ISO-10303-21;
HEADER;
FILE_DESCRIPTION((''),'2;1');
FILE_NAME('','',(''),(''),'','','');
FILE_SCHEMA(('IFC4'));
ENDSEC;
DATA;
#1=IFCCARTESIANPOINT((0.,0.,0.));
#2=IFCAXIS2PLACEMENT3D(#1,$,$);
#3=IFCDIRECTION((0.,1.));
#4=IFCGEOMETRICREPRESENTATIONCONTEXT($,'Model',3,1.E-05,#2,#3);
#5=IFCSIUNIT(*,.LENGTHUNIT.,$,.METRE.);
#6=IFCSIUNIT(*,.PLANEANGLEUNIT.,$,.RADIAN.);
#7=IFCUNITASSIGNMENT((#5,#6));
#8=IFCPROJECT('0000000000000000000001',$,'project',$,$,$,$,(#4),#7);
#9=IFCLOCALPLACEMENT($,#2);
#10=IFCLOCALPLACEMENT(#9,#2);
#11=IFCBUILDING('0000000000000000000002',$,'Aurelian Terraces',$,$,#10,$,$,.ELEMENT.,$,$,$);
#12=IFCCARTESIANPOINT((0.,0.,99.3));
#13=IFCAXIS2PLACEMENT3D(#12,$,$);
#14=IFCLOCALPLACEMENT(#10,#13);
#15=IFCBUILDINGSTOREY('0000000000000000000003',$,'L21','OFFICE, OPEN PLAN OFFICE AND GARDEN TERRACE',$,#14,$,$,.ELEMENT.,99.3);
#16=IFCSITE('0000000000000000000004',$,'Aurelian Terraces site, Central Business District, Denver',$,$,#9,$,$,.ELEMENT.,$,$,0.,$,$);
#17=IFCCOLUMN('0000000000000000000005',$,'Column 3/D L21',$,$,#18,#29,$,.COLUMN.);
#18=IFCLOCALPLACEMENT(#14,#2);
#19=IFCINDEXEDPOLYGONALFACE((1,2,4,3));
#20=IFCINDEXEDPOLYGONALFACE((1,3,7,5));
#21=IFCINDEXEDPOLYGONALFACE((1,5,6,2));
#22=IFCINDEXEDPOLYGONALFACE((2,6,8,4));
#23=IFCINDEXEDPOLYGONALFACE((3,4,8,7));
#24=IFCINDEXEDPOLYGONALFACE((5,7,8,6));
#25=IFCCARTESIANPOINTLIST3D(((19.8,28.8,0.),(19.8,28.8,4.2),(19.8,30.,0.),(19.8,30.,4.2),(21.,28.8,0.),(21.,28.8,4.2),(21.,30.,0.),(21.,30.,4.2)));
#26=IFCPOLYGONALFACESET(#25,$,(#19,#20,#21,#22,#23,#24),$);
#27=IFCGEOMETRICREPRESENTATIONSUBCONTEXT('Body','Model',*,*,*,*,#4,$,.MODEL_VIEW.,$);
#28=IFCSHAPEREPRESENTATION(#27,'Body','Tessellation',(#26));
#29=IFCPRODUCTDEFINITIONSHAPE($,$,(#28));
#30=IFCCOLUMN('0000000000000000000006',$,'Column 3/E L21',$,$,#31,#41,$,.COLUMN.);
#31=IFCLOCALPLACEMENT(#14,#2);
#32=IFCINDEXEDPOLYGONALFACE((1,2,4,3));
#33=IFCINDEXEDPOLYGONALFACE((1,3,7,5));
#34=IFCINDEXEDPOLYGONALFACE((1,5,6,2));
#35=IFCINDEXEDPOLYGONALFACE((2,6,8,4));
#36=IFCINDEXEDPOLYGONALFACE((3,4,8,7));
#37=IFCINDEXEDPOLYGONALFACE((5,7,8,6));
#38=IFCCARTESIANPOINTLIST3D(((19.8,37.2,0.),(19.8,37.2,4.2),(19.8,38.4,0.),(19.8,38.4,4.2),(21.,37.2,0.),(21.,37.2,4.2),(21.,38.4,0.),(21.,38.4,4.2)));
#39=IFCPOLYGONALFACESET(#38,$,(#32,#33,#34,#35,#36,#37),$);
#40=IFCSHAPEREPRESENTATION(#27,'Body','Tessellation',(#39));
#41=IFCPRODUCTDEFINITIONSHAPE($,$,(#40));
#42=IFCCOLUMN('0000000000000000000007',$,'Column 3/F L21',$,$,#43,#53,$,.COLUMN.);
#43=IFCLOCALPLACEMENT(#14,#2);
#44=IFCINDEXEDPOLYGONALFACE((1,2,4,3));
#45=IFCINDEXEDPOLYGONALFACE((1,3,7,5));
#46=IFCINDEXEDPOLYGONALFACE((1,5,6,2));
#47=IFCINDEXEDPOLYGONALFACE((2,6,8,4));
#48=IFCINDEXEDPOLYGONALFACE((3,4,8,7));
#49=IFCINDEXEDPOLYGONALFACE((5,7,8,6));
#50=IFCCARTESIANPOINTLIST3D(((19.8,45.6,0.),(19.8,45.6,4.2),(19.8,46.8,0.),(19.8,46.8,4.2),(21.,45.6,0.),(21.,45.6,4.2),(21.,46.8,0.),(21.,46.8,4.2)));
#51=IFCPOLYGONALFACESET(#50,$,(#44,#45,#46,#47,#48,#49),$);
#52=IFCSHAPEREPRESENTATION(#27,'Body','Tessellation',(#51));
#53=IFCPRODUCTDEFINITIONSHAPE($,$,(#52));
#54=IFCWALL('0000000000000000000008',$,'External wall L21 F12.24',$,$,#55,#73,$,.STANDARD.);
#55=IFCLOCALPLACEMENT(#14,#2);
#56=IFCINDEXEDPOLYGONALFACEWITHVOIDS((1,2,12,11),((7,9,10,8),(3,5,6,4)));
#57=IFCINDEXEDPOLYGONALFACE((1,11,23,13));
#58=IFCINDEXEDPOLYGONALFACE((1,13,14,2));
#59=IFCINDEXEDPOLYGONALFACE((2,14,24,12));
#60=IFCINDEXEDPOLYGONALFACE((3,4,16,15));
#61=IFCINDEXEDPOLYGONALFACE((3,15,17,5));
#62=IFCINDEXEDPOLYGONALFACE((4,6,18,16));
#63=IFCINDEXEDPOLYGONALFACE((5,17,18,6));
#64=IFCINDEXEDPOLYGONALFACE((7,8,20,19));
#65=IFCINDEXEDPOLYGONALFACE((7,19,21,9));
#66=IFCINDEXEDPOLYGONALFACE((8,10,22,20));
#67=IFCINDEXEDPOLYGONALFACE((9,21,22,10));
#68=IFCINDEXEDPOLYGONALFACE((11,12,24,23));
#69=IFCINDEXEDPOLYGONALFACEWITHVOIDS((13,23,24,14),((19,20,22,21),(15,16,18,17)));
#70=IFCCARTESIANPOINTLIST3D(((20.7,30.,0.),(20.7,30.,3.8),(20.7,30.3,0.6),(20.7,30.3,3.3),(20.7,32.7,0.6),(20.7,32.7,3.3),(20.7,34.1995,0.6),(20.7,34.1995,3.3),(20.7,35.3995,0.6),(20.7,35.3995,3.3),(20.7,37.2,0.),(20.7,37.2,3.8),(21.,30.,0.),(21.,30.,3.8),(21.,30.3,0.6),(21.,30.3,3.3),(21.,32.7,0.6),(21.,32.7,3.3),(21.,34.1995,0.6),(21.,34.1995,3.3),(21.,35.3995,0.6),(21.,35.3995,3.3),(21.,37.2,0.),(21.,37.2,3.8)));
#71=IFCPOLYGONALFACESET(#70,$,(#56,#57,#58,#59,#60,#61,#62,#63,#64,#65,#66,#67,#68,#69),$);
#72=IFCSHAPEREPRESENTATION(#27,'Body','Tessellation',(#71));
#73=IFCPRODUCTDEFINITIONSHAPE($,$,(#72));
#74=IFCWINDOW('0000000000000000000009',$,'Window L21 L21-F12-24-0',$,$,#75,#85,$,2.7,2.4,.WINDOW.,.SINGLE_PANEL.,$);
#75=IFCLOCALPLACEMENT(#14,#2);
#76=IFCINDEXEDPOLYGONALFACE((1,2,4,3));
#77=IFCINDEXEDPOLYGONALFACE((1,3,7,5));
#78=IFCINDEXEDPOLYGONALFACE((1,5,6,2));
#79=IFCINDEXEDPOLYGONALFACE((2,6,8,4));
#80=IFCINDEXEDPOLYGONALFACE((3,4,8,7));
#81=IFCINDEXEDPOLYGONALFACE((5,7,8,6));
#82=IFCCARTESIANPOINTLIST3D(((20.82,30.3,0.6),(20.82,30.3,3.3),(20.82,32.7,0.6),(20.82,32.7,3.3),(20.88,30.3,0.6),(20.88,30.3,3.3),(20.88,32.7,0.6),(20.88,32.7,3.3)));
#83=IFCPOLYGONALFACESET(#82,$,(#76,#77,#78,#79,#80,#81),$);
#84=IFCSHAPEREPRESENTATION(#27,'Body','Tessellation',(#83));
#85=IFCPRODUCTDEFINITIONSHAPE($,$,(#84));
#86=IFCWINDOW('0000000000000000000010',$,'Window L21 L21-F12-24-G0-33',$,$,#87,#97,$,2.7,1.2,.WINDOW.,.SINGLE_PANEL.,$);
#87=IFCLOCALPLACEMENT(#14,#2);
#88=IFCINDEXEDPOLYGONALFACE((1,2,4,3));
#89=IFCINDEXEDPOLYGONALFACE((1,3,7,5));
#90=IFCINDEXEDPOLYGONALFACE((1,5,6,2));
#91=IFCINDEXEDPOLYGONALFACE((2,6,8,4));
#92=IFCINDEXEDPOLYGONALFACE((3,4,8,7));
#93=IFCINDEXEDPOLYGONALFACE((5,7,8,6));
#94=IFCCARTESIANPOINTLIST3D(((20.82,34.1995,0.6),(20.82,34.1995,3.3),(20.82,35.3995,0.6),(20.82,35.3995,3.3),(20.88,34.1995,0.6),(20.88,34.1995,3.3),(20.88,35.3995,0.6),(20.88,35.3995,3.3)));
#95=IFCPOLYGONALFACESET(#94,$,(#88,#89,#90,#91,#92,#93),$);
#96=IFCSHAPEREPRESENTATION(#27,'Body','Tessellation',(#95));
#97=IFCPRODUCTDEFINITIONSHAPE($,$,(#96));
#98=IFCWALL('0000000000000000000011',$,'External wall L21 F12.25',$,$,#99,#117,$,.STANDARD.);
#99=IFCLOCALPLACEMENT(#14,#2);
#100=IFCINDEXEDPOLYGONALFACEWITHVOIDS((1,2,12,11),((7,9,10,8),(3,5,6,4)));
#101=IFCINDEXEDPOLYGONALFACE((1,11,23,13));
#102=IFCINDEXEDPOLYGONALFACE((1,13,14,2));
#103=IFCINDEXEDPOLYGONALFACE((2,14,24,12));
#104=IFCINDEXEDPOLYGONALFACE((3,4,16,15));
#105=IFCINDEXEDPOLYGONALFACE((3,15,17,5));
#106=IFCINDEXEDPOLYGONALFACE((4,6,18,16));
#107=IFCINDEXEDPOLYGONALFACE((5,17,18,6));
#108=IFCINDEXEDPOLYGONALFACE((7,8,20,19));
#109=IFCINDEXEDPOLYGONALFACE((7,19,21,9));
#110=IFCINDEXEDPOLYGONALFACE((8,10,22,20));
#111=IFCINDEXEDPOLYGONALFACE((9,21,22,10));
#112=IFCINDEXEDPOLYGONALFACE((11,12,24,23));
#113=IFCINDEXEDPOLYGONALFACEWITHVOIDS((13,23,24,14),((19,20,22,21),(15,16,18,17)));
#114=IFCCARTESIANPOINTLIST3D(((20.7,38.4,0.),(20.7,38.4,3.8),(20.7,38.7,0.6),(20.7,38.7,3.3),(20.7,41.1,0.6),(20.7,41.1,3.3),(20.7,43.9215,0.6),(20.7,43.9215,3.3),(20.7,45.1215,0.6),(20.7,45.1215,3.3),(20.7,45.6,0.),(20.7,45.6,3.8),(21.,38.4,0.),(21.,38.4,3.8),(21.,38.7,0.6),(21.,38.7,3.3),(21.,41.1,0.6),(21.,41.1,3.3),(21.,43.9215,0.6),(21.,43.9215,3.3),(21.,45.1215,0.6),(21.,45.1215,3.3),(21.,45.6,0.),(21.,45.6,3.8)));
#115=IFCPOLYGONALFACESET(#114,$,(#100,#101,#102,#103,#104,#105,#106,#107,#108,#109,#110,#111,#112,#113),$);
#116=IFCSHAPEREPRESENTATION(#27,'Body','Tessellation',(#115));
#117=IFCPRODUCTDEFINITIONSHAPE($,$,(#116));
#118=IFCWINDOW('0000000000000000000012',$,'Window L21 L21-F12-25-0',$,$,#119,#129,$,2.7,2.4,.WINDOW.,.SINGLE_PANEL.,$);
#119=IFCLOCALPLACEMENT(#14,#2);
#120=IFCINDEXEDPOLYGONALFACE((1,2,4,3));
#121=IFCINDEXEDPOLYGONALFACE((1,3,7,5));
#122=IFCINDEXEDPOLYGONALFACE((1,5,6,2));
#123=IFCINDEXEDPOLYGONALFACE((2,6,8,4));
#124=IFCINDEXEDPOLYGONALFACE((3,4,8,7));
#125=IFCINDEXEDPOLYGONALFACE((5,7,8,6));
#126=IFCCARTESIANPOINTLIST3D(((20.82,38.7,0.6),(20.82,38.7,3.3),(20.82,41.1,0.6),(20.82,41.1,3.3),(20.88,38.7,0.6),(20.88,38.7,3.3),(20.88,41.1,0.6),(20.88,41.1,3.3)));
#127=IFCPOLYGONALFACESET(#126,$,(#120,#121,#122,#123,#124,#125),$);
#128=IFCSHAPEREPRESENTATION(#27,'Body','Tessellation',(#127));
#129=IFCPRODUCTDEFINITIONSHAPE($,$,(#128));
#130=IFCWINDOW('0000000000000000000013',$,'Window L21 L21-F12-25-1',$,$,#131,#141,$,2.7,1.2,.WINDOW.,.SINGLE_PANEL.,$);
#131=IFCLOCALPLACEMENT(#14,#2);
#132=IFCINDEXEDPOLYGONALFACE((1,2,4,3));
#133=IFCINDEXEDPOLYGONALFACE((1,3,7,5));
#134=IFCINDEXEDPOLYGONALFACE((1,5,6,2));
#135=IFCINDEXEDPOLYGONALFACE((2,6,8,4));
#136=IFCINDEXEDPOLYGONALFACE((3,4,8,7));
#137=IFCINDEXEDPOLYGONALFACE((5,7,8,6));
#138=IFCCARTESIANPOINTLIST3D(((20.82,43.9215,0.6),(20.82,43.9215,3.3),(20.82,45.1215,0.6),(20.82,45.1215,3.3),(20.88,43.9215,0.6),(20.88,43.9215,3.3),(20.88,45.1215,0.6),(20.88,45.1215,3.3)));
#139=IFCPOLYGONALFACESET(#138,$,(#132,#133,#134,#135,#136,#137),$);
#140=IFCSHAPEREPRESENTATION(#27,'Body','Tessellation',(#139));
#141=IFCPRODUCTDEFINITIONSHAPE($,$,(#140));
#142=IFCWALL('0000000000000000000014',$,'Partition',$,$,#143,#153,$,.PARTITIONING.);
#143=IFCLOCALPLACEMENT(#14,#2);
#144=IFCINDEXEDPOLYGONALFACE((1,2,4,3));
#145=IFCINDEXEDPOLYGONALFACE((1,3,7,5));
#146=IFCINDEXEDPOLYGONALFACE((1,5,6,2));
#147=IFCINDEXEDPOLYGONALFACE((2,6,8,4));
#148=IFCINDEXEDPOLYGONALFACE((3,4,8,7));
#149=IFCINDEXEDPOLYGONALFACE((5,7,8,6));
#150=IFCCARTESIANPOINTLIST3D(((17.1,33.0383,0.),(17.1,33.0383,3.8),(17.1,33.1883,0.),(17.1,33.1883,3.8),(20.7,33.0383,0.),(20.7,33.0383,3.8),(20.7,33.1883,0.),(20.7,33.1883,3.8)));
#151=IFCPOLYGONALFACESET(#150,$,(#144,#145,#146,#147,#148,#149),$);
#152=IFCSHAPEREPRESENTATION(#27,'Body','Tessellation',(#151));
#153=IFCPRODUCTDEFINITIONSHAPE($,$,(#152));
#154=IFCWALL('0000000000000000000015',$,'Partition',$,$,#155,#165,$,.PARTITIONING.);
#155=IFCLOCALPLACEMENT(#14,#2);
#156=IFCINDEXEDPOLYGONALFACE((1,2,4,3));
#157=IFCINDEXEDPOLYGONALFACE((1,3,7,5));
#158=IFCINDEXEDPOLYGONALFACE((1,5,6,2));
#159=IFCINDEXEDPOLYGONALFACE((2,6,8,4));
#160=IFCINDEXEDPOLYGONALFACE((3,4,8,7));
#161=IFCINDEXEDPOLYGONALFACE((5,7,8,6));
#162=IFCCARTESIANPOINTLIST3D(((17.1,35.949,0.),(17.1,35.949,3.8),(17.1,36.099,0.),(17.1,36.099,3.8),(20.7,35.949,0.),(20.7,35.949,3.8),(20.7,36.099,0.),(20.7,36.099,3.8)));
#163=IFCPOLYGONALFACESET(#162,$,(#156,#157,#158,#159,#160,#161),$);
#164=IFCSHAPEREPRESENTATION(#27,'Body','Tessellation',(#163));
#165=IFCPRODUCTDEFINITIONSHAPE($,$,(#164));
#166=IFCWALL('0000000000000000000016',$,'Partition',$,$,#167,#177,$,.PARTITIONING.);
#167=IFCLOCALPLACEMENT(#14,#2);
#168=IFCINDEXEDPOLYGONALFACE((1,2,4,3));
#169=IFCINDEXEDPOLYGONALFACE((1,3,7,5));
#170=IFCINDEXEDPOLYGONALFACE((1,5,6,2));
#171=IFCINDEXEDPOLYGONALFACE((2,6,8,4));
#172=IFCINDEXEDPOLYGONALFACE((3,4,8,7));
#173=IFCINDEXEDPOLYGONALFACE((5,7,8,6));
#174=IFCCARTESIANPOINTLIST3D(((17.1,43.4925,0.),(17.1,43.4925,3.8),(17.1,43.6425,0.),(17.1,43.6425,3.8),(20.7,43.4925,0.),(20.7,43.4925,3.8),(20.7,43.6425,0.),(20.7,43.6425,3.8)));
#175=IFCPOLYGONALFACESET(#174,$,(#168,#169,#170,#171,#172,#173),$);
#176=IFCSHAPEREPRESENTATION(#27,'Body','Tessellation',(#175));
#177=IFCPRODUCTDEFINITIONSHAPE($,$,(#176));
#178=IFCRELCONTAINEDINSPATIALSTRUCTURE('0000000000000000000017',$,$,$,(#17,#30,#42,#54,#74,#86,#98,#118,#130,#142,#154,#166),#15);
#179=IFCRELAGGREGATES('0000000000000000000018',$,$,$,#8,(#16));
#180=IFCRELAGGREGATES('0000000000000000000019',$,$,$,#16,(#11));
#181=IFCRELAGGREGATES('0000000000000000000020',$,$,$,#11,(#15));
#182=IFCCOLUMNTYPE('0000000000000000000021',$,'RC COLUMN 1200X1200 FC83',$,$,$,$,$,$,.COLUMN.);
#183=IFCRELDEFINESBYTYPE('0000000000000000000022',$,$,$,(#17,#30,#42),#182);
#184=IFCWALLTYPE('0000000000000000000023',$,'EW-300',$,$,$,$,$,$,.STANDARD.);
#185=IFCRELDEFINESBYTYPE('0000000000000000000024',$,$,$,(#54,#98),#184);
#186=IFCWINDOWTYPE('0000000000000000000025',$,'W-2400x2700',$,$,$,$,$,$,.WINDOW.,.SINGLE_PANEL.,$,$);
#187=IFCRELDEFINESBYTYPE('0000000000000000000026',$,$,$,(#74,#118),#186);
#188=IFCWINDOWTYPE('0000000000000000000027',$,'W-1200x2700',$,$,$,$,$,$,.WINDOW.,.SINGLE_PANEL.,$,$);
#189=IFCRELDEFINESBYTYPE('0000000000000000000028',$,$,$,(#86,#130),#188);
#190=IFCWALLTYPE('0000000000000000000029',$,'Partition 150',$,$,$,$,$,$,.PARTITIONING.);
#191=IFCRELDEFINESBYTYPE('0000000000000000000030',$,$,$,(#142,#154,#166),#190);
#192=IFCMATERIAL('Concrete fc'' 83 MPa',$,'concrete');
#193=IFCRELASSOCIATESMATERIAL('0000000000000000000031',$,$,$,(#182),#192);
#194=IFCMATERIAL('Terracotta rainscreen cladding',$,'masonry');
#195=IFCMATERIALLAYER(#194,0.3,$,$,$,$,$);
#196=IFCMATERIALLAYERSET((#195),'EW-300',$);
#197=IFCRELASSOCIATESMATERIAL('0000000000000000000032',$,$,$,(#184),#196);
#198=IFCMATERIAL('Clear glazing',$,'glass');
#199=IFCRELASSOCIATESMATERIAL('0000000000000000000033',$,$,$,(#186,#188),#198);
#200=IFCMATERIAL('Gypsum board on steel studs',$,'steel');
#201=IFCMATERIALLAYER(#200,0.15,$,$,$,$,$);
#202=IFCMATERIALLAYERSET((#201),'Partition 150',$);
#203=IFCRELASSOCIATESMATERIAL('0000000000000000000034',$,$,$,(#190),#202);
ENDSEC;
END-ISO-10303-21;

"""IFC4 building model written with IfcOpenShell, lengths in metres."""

from ifc_helpers import new_model, si_unit, direction, frame, frame_2d, origin, origin_2d, place, context, subcontext, project, spatial, rectangle, extrude, source, transform, mapped, material, layer, layer_set, material_profile, profile_set, type_object, element, fill, save


model = new_model("IFC4")

# Units and contexts
model_context = context("Model", 3, precision=1e-05, world=origin(), true_north=direction((0.0, 1.0)))
body_context = subcontext(model_context, "Body", "Model", "MODEL_VIEW")
ifc_project = project(units=[si_unit("LENGTHUNIT", "METRE"), si_unit("PLANEANGLEUNIT", "RADIAN")], contexts=[model_context])

# Site, building, storey
site_placement = place(None, origin())
site = spatial("IfcSite", under=ifc_project, at=site_placement, Name="Aurelian Terraces site, Central Business District, Denver", CompositionType="ELEMENT", RefElevation=0.0)
building_placement = place(site_placement, origin())
building = spatial("IfcBuilding", under=site, at=building_placement, Name="Aurelian Terraces", CompositionType="ELEMENT")
storey_placement = place(building_placement, frame((0.0, 0.0, 99.3)))
storey = spatial("IfcBuildingStorey", under=building, at=storey_placement, Name="L21", Description="OFFICE, OPEN PLAN OFFICE AND GARDEN TERRACE", CompositionType="ELEMENT", Elevation=99.3)

# Columns
ifc_material_1 = material(Name="Concrete fc' 83 MPa", Category="concrete")
ifc_material_profile = material_profile(ifc_material_1, rectangle(XDim=1.2, YDim=1.2, at=origin_2d()))
ifc_profile_set = profile_set([ifc_material_profile], Name="Concrete fc' 83 MPa")
column_type = type_object("IfcColumnType", Name="RC COLUMN 1200X1200 FC83", PredefinedType="COLUMN", material=ifc_profile_set)
shared_shape_1 = source(origin(), body_context, "Body", "SweptSolid", [
    extrude(rectangle(XDim=1.2, YDim=1.2, at=origin_2d()), origin(), (0.0, 0.0, 1.0), 4.2),
])
for number, where, z_axis, x_axis, name in (
    (1, (20.4, 29.4, 0.0), (0.0, 0.0, 1.0), (1.0, 0.0, 0.0), "Column 3/D L21"),
    (2, (20.4, 37.8, 0.0), (0.0, 0.0, 1.0), (1.0, 0.0, 0.0), "Column 3/E L21"),
    (3, (20.4, 46.2, 0.0), (0.0, 0.0, 1.0), (1.0, 0.0, 0.0), "Column 3/F L21"),
):
    element("IfcColumn", number, at=place(storey_placement, frame(where, z_axis=z_axis, x_axis=x_axis)), inside=storey, type_object=column_type, Name=name, PredefinedType="COLUMN", context=body_context, shape_type="MappedRepresentation", body=[
        mapped(shared_shape_1, transform((0.0, 0.0, 0.0), scale=1.0)),
    ])

# Walls, openings, windows
ifc_material_2 = material(Name="Terracotta rainscreen cladding", Category="masonry")
ifc_layer_1 = layer(ifc_material_2, 0.3)
ifc_layer_set_1 = layer_set([ifc_layer_1], Name="EW-300")
wall_type_1 = type_object("IfcWallType", Name="EW-300", PredefinedType="STANDARD", material=ifc_layer_set_1)
shared_shape_2 = source(origin(), body_context, "Body", "SweptSolid", [
    extrude(rectangle(XDim=7.2, YDim=0.3, at=frame_2d((3.6, 0.0))), origin(), (0.0, 0.0, 1.0), 3.8),
])
wall_1_placement = place(storey_placement, frame((20.85, 30.0, 0.0), z_axis=(0.0, 0.0, 1.0), x_axis=(0.0, 1.0, 0.0)))
wall_1 = element("IfcWall", 4, at=wall_1_placement, inside=storey, type_object=wall_type_1, Name="External wall L21 F12.24", PredefinedType="STANDARD", context=body_context, shape_type="MappedRepresentation", body=[
    mapped(shared_shape_2, transform((0.0, 0.0, 0.0), scale=1.0)),
])
shared_shape_3 = source(origin(), body_context, "Body", "SweptSolid", [
    extrude(rectangle(XDim=2.4, YDim=2.7, at=frame_2d((1.2, 1.35))), frame((0.0, 0.16, 0.0), z_axis=(0.0, -1.0, 0.0), x_axis=(1.0, 0.0, 0.0)), (0.0, 0.0, 1.0), 0.32),
])
opening_1_placement = place(wall_1_placement, frame((0.3, 0.0, 0.6)))
opening_1 = element("IfcOpeningElement", 5, at=opening_1_placement, cuts=wall_1, PredefinedType="OPENING", context=body_context, shape_type="MappedRepresentation", body=[
    mapped(shared_shape_3, transform((0.0, 0.0, 0.0), scale=1.0)),
])
shared_shape_4 = source(origin(), body_context, "Body", "SweptSolid", [
    extrude(rectangle(XDim=1.2, YDim=2.7, at=frame_2d((0.6, 1.35))), frame((0.0, 0.16, 0.0), z_axis=(0.0, -1.0, 0.0), x_axis=(1.0, 0.0, 0.0)), (0.0, 0.0, 1.0), 0.32),
])
opening_2_placement = place(wall_1_placement, frame((4.1995, 0.0, 0.6)))
opening_2 = element("IfcOpeningElement", 6, at=opening_2_placement, cuts=wall_1, PredefinedType="OPENING", context=body_context, shape_type="MappedRepresentation", body=[
    mapped(shared_shape_4, transform((0.0, 0.0, 0.0), scale=1.0)),
])
ifc_material_3 = material(Name="Clear glazing", Category="glass")
window_type_1 = type_object("IfcWindowType", Name="W-2400x2700", PartitioningType="SINGLE_PANEL", PredefinedType="WINDOW", material=ifc_material_3)
shared_shape_5 = source(origin(), body_context, "Body", "SweptSolid", [
    extrude(rectangle(XDim=2.4, YDim=2.7, at=frame_2d((1.2, 1.35))), frame((0.0, 0.03, 0.0), z_axis=(0.0, -1.0, 0.0), x_axis=(1.0, 0.0, 0.0)), (0.0, 0.0, 1.0), 0.06),
])
window_1_placement = place(opening_1_placement, origin())
window_1 = element("IfcWindow", 7, at=window_1_placement, inside=storey, type_object=window_type_1, Name="Window L21 L21-F12-24-0", OverallHeight=2.7, OverallWidth=2.4, PartitioningType="SINGLE_PANEL", PredefinedType="WINDOW", context=body_context, shape_type="MappedRepresentation", body=[
    mapped(shared_shape_5, transform((0.0, 0.0, 0.0), scale=1.0)),
])
fill(opening_1, window_1)
window_type_2 = type_object("IfcWindowType", Name="W-1200x2700", PartitioningType="SINGLE_PANEL", PredefinedType="WINDOW", material=ifc_material_3)
shared_shape_6 = source(origin(), body_context, "Body", "SweptSolid", [
    extrude(rectangle(XDim=1.2, YDim=2.7, at=frame_2d((0.6, 1.35))), frame((0.0, 0.03, 0.0), z_axis=(0.0, -1.0, 0.0), x_axis=(1.0, 0.0, 0.0)), (0.0, 0.0, 1.0), 0.06),
])
window_2_placement = place(opening_2_placement, origin())
window_2 = element("IfcWindow", 8, at=window_2_placement, inside=storey, type_object=window_type_2, Name="Window L21 L21-F12-24-G0-33", OverallHeight=2.7, OverallWidth=1.2, PartitioningType="SINGLE_PANEL", PredefinedType="WINDOW", context=body_context, shape_type="MappedRepresentation", body=[
    mapped(shared_shape_6, transform((0.0, 0.0, 0.0), scale=1.0)),
])
fill(opening_2, window_2)
wall_2_placement = place(storey_placement, frame((20.85, 38.4, 0.0), z_axis=(0.0, 0.0, 1.0), x_axis=(0.0, 1.0, 0.0)))
wall_2 = element("IfcWall", 9, at=wall_2_placement, inside=storey, type_object=wall_type_1, Name="External wall L21 F12.25", PredefinedType="STANDARD", context=body_context, shape_type="MappedRepresentation", body=[
    mapped(shared_shape_2, transform((0.0, 0.0, 0.0), scale=1.0)),
])
opening_3_placement = place(wall_2_placement, frame((0.3, 0.0, 0.6)))
opening_3 = element("IfcOpeningElement", 10, at=opening_3_placement, cuts=wall_2, PredefinedType="OPENING", context=body_context, shape_type="MappedRepresentation", body=[
    mapped(shared_shape_3, transform((0.0, 0.0, 0.0), scale=1.0)),
])
opening_4_placement = place(wall_2_placement, frame((5.5215, 0.0, 0.6)))
opening_4 = element("IfcOpeningElement", 11, at=opening_4_placement, cuts=wall_2, PredefinedType="OPENING", context=body_context, shape_type="MappedRepresentation", body=[
    mapped(shared_shape_4, transform((0.0, 0.0, 0.0), scale=1.0)),
])
window_3_placement = place(opening_3_placement, origin())
window_3 = element("IfcWindow", 12, at=window_3_placement, inside=storey, type_object=window_type_1, Name="Window L21 L21-F12-25-0", OverallHeight=2.7, OverallWidth=2.4, PartitioningType="SINGLE_PANEL", PredefinedType="WINDOW", context=body_context, shape_type="MappedRepresentation", body=[
    mapped(shared_shape_5, transform((0.0, 0.0, 0.0), scale=1.0)),
])
fill(opening_3, window_3)
window_4_placement = place(opening_4_placement, origin())
window_4 = element("IfcWindow", 13, at=window_4_placement, inside=storey, type_object=window_type_2, Name="Window L21 L21-F12-25-1", OverallHeight=2.7, OverallWidth=1.2, PartitioningType="SINGLE_PANEL", PredefinedType="WINDOW", context=body_context, shape_type="MappedRepresentation", body=[
    mapped(shared_shape_6, transform((0.0, 0.0, 0.0), scale=1.0)),
])
fill(opening_4, window_4)

# Walls
ifc_material_4 = material(Name="Gypsum board on steel studs", Category="steel")
ifc_layer_2 = layer(ifc_material_4, 0.15)
ifc_layer_set_2 = layer_set([ifc_layer_2], Name="Partition 150")
wall_type_2 = type_object("IfcWallType", Name="Partition 150", PredefinedType="PARTITIONING", material=ifc_layer_set_2)
shared_shape_7 = source(origin(), body_context, "Body", "SweptSolid", [
    extrude(rectangle(XDim=3.6, YDim=0.15, at=frame_2d((1.8, 0.0))), origin(), (0.0, 0.0, 1.0), 3.8),
])
for number, where, z_axis, x_axis, name in (
    (14, (17.1, 33.1133, 0.0), (0.0, 0.0, 1.0), (1.0, 0.0, 0.0), "Partition"),
    (15, (17.1, 36.024, 0.0), (0.0, 0.0, 1.0), (1.0, 0.0, 0.0), "Partition"),
    (16, (17.1, 43.5675, 0.0), (0.0, 0.0, 1.0), (1.0, 0.0, 0.0), "Partition"),
):
    element("IfcWall", number, at=place(storey_placement, frame(where, z_axis=z_axis, x_axis=x_axis)), inside=storey, type_object=wall_type_2, Name=name, PredefinedType="PARTITIONING", context=body_context, shape_type="MappedRepresentation", body=[
        mapped(shared_shape_7, transform((0.0, 0.0, 0.0), scale=1.0)),
    ])

save(model, "model.ifc")
